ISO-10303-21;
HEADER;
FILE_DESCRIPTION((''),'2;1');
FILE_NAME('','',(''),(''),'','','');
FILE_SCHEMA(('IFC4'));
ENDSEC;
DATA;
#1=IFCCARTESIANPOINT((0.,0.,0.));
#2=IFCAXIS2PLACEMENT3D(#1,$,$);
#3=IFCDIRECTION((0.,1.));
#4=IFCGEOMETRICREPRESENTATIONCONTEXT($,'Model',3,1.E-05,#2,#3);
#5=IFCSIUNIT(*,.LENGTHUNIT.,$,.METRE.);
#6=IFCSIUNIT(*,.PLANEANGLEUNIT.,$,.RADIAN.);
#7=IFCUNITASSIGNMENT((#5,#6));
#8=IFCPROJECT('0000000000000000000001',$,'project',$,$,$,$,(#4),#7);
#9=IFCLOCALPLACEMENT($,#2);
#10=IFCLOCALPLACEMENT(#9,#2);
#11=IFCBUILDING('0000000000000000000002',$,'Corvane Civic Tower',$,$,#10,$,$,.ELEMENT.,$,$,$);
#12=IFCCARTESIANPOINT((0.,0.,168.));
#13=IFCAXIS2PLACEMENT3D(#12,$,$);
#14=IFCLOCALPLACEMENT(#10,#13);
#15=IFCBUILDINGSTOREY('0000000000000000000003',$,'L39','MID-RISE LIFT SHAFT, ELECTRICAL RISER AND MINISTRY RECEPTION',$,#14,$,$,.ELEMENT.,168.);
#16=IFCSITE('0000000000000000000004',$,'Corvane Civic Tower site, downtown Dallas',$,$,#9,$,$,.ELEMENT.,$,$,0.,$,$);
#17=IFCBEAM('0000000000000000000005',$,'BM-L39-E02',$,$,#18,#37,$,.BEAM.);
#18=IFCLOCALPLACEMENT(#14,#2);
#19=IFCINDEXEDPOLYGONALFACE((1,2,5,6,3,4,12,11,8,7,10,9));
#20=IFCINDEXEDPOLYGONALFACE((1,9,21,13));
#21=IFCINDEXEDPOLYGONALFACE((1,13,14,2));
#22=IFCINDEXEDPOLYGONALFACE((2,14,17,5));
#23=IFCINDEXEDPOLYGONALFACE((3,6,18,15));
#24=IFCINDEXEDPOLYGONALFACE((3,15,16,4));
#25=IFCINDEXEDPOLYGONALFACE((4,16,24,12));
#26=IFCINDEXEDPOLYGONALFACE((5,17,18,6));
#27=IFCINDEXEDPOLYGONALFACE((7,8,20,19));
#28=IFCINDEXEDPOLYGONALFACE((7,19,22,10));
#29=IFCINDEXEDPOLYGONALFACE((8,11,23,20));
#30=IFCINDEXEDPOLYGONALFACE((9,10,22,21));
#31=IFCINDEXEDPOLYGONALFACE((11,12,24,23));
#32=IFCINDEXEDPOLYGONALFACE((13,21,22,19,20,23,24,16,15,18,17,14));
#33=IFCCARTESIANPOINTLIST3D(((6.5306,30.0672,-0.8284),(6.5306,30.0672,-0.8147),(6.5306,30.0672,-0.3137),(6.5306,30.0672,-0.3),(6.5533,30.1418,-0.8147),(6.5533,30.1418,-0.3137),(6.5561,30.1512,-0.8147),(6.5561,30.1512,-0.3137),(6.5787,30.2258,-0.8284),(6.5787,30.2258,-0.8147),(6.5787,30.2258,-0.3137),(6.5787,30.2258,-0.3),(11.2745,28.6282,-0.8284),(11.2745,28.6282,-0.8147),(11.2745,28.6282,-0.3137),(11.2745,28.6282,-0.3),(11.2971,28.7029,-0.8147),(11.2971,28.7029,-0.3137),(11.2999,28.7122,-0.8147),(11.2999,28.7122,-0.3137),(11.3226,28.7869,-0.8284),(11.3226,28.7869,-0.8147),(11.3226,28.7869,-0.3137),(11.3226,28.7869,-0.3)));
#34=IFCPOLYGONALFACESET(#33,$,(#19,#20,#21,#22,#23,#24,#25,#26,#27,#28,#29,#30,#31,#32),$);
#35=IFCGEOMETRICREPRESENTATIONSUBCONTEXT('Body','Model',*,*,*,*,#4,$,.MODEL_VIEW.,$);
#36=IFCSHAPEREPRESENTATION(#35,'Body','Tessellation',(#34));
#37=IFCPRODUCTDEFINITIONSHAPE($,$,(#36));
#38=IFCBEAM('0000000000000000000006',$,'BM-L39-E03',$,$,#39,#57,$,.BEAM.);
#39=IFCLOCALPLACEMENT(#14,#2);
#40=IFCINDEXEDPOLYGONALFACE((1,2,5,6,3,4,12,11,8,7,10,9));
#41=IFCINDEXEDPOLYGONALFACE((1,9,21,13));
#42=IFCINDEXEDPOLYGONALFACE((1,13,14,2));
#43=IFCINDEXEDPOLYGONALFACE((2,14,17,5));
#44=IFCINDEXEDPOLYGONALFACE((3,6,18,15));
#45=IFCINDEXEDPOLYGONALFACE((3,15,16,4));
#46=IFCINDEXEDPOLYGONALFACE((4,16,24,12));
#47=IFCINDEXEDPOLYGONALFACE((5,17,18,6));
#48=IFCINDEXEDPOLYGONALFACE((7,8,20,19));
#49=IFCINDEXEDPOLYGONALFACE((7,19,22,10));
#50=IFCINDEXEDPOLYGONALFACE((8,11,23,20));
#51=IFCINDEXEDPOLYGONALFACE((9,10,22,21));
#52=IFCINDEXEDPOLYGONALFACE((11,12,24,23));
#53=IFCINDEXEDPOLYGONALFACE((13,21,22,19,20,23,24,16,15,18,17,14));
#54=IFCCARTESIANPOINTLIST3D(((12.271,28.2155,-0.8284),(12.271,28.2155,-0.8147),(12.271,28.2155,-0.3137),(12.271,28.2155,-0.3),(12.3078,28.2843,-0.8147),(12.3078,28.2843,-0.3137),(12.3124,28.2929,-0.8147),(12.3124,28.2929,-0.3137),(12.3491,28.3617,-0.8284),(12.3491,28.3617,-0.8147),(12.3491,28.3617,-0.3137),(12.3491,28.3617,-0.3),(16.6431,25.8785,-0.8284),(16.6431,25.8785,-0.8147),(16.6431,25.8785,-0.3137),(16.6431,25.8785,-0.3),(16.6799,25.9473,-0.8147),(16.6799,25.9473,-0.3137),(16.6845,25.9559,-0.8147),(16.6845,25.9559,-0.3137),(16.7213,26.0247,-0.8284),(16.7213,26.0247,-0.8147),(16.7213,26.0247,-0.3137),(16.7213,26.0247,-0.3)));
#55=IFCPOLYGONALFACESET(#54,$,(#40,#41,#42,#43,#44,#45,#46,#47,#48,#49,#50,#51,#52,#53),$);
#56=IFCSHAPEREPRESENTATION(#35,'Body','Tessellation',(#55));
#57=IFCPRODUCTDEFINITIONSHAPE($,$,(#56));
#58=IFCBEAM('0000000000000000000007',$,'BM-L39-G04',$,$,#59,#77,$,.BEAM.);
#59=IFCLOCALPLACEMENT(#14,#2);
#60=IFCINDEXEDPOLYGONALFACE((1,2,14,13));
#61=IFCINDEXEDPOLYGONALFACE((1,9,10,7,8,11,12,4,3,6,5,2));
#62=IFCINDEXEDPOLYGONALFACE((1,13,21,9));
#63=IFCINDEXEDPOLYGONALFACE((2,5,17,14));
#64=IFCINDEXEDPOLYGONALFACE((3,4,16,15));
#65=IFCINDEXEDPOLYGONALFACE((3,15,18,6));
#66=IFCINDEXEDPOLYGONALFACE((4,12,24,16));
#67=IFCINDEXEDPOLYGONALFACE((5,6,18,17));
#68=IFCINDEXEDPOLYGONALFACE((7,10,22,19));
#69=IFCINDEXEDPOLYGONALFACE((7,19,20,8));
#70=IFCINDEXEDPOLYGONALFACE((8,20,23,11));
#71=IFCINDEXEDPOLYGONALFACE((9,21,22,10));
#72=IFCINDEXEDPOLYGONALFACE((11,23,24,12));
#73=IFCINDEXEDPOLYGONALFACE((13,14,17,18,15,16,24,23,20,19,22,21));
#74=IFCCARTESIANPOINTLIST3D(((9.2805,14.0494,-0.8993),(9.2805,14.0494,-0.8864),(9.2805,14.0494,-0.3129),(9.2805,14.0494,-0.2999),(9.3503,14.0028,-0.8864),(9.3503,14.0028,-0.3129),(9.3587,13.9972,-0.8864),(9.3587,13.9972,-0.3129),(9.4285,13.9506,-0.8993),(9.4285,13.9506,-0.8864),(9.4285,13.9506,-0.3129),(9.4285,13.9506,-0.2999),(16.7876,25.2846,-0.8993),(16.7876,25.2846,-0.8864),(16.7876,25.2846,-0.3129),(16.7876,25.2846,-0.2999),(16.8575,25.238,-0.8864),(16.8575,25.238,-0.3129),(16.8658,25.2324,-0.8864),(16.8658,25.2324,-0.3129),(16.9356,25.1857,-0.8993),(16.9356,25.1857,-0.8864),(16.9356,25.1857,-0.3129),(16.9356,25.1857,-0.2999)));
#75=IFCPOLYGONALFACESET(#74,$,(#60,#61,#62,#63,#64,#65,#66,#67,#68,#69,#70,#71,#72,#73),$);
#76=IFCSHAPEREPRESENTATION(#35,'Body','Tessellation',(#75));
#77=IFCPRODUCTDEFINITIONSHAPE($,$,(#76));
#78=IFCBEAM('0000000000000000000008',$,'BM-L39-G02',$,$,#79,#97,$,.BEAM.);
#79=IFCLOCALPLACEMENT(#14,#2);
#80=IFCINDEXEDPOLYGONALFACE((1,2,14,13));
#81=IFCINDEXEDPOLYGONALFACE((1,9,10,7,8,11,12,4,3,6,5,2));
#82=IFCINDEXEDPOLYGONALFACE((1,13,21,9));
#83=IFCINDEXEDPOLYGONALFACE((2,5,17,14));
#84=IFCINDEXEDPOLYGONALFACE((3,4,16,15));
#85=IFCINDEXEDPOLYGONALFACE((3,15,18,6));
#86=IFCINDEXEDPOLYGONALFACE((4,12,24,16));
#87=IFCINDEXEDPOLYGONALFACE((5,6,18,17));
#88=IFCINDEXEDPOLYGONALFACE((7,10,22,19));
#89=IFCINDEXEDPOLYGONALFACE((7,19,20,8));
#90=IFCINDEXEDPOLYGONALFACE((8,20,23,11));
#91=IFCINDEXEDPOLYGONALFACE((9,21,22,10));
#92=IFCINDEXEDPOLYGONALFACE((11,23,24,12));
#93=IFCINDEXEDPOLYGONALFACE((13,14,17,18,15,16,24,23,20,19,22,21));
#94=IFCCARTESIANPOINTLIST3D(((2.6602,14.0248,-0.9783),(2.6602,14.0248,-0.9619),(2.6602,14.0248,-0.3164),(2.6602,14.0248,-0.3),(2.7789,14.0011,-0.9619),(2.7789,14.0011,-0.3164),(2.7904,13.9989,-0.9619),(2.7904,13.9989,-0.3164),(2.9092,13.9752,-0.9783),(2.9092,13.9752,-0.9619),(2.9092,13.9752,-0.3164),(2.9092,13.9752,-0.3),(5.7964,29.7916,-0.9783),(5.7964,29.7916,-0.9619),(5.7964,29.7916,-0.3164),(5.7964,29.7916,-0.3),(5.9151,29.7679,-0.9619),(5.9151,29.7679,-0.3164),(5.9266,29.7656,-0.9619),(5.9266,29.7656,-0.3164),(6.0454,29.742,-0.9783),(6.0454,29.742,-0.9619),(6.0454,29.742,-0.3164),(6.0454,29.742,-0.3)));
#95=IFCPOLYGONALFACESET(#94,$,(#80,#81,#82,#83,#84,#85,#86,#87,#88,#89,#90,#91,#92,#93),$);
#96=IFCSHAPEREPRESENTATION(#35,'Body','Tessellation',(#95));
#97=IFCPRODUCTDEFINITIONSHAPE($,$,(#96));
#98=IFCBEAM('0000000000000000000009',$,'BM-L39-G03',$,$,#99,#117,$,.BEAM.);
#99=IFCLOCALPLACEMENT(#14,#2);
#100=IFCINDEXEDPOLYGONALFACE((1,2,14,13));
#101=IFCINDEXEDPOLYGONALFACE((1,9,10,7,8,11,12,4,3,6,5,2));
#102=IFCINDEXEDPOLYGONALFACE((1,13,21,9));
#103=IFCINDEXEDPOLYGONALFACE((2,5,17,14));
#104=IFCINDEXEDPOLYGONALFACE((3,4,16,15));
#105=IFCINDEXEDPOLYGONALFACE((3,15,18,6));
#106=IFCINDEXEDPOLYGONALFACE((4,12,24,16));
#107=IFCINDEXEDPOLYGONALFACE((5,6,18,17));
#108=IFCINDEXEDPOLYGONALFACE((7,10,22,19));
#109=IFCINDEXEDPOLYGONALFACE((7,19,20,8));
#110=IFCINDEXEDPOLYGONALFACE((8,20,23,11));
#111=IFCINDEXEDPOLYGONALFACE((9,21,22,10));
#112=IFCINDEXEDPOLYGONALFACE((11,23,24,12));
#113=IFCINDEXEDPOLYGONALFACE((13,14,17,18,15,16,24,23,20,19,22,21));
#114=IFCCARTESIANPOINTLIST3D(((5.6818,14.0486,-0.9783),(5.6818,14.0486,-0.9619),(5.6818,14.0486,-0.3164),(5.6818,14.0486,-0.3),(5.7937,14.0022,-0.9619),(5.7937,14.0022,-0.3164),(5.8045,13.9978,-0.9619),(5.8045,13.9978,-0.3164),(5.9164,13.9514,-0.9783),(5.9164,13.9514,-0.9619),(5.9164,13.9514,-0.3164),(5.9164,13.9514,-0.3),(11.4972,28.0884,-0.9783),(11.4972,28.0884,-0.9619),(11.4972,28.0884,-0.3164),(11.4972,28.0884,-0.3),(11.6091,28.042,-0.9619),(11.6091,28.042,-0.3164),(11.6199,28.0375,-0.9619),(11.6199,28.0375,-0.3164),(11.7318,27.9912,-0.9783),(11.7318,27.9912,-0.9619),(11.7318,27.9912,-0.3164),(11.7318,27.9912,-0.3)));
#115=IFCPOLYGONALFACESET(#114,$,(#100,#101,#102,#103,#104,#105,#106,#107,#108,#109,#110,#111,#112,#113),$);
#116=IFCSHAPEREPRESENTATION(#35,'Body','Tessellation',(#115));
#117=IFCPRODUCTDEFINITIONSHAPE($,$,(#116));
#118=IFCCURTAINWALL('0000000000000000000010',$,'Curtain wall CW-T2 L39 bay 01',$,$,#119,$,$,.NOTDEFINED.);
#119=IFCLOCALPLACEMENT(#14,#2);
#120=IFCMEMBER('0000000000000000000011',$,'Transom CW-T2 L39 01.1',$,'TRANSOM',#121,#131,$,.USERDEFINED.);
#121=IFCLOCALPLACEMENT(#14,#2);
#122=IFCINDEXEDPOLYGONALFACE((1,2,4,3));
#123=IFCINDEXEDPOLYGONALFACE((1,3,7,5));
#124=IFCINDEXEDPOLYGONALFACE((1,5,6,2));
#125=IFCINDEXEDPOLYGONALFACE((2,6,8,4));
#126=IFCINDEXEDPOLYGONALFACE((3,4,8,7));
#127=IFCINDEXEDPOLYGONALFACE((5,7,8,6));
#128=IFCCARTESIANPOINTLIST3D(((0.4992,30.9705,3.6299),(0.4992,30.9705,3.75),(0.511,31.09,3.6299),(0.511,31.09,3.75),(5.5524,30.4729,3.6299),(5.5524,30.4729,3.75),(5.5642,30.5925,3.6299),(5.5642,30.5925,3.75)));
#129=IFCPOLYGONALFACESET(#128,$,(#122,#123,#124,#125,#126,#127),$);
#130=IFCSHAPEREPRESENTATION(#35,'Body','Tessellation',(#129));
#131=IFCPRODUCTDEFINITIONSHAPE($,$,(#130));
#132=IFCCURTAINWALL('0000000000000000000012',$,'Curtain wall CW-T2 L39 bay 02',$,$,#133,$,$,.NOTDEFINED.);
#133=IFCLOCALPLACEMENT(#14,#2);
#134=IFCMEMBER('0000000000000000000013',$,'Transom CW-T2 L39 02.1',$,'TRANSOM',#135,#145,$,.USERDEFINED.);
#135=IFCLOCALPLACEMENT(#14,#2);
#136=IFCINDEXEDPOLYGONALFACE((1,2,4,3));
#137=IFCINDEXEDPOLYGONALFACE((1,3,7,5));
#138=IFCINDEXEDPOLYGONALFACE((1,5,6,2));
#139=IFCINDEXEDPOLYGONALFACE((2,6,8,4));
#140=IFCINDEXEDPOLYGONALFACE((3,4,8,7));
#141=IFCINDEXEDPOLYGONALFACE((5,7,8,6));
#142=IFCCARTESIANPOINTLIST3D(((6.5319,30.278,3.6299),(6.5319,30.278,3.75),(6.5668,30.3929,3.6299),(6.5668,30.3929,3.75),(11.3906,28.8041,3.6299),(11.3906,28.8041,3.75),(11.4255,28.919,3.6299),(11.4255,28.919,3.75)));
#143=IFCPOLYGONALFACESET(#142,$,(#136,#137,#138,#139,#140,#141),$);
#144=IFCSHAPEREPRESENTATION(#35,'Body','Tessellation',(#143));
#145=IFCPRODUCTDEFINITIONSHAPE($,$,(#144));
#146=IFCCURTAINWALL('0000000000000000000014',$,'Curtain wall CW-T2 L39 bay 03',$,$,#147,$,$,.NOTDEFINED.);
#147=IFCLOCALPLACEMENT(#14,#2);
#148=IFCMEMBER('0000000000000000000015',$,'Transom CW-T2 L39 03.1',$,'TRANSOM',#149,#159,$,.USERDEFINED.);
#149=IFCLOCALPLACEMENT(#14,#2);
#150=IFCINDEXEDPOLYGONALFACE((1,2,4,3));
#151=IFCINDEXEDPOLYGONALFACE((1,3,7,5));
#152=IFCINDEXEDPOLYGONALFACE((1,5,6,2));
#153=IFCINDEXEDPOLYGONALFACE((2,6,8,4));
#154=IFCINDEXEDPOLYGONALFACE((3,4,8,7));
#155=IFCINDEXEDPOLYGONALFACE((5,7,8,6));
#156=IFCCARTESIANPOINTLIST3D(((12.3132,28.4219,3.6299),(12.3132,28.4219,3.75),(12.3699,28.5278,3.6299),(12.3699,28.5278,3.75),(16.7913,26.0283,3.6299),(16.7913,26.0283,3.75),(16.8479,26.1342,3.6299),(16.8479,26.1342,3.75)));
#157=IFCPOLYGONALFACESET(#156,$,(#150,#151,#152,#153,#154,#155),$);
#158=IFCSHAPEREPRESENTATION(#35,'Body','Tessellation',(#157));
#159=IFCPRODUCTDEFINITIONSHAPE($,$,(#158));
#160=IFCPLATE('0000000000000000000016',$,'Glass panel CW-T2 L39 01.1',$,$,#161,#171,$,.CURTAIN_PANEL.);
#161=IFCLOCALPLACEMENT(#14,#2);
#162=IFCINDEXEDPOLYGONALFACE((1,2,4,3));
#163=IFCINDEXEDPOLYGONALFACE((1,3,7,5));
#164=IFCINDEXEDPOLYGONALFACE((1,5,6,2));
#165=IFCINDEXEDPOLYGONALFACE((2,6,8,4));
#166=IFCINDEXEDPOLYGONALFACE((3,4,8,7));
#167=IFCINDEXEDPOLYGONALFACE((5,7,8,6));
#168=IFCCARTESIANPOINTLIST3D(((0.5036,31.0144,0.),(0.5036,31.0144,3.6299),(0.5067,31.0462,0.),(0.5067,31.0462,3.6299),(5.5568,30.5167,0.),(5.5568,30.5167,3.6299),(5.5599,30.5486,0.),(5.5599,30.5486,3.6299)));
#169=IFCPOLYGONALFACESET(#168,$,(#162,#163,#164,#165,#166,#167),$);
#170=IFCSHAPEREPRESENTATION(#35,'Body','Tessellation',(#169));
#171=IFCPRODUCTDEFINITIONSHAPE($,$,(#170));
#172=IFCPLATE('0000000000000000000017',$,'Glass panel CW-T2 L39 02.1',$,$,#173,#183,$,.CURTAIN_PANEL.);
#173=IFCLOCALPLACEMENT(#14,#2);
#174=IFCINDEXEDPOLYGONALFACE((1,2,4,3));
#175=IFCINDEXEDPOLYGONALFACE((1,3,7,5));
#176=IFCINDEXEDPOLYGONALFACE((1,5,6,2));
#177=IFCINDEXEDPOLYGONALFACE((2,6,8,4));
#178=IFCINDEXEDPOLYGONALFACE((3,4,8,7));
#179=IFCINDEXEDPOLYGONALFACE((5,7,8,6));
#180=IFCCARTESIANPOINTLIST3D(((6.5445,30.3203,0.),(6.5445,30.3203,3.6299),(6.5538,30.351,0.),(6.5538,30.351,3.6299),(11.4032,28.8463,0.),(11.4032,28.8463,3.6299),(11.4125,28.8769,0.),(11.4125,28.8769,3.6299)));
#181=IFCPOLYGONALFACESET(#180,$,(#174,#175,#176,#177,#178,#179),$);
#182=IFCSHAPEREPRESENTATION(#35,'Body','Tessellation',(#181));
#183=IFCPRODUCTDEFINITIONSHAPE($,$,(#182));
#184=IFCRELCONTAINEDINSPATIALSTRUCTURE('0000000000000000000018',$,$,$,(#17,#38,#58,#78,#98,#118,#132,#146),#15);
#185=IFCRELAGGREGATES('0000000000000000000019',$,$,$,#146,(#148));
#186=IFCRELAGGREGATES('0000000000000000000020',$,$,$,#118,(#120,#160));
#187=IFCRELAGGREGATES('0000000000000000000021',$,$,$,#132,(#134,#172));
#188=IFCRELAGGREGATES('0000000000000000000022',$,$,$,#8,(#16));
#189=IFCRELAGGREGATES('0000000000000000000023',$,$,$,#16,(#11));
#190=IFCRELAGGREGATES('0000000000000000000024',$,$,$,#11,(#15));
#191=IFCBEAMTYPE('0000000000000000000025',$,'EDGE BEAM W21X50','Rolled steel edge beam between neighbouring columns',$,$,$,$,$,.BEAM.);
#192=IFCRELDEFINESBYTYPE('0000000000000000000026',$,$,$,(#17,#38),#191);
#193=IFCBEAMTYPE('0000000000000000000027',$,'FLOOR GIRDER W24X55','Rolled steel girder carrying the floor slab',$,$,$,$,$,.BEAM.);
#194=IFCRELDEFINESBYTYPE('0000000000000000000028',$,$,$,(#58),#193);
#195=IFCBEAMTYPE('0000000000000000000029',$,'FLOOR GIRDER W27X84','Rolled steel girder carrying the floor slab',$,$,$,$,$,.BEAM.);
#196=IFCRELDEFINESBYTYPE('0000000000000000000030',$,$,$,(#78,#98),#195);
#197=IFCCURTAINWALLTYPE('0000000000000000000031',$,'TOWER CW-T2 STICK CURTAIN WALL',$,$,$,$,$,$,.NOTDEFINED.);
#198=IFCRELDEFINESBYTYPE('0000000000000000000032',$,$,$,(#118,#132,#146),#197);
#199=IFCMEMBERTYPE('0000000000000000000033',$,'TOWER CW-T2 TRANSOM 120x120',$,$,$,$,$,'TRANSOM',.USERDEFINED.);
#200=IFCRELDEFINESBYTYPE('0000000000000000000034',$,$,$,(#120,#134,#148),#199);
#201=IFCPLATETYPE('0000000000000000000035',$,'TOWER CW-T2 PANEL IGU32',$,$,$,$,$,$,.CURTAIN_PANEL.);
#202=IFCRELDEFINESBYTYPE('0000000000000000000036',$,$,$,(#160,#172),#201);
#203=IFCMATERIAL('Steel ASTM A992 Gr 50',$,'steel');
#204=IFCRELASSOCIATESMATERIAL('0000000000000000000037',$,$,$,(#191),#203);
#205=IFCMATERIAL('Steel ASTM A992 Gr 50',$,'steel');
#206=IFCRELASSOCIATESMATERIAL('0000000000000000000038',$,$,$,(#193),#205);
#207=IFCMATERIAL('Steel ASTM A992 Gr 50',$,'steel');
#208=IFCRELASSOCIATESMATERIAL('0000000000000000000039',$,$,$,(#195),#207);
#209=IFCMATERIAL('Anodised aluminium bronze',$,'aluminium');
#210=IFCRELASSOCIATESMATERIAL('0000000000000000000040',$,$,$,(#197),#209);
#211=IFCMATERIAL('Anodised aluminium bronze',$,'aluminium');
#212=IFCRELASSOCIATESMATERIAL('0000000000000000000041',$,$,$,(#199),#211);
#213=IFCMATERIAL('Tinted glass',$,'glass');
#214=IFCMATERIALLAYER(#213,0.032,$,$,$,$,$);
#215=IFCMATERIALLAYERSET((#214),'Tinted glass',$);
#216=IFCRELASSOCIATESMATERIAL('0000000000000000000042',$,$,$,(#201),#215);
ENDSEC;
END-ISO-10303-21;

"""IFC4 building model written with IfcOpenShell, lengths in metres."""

from ifc_helpers import new_model, si_unit, direction, frame, origin, origin_2d, place, context, subcontext, project, spatial, rectangle, i_section, extrude, material, layer, layer_set, material_profile, profile_set, type_object, element, aggregate, save


model = new_model("IFC4")

# Units and contexts
model_context = context("Model", 3, precision=1e-05, world=origin(), true_north=direction((0.0, 1.0)))
body_context = subcontext(model_context, "Body", "Model", "MODEL_VIEW")
ifc_project = project(units=[si_unit("LENGTHUNIT", "METRE"), si_unit("PLANEANGLEUNIT", "RADIAN")], contexts=[model_context])

# Site, building, storey
site_placement = place(None, origin())
site = spatial("IfcSite", under=ifc_project, at=site_placement, Name="Corvane Civic Tower site, downtown Dallas", CompositionType="ELEMENT", RefElevation=0.0)
building_placement = place(site_placement, origin())
building = spatial("IfcBuilding", under=site, at=building_placement, Name="Corvane Civic Tower", CompositionType="ELEMENT")
storey_placement = place(building_placement, frame((0.0, 0.0, 168.0)))
storey = spatial("IfcBuildingStorey", under=building, at=storey_placement, Name="L39", Description="MID-RISE LIFT SHAFT, ELECTRICAL RISER AND MINISTRY RECEPTION", CompositionType="ELEMENT", Elevation=168.0)

# Beams
ifc_material_1 = material(Name="Steel ASTM A992 Gr 50", Category="steel")
ifc_material_profile_1 = material_profile(ifc_material_1, i_section(OverallWidth=0.1658, OverallDepth=0.5283, WebThickness=0.0098, FlangeThickness=0.0137, at=origin_2d()), Name="W21X50")
ifc_profile_set_1 = profile_set([ifc_material_profile_1], Name="Steel ASTM A992 Gr 50")
beam_type_1 = type_object("IfcBeamType", Name="EDGE BEAM W21X50", Description="Rolled steel edge beam between neighbouring columns", PredefinedType="BEAM", material=ifc_profile_set_1)
beam_1_placement = place(storey_placement, frame((6.5547, 30.1465, -0.5642), z_axis=(0.956945, -0.29027, 0.0), x_axis=(0.29027, 0.956945, 0.0)))
element("IfcBeam", 1, at=beam_1_placement, inside=storey, type_object=beam_type_1, Name="BM-L39-E02", PredefinedType="BEAM", context=body_context, shape_type="SweptSolid", body=[
    extrude(i_section(OverallWidth=0.1658, OverallDepth=0.5283, WebThickness=0.0098, FlangeThickness=0.0137, at=origin_2d()), origin(), (0.0, 0.0, 1.0), 4.9573),
])
beam_2_placement = place(storey_placement, frame((12.3101, 28.2886, -0.5642), z_axis=(0.881922, -0.471396, 0.0), x_axis=(0.471396, 0.881922, 0.0)))
element("IfcBeam", 2, at=beam_2_placement, inside=storey, type_object=beam_type_1, Name="BM-L39-E03", PredefinedType="BEAM", context=body_context, shape_type="SweptSolid", body=[
    extrude(i_section(OverallWidth=0.1658, OverallDepth=0.5283, WebThickness=0.0098, FlangeThickness=0.0137, at=origin_2d()), origin(), (0.0, 0.0, 1.0), 4.9575),
])
ifc_material_2 = material(Name="Steel ASTM A992 Gr 50", Category="steel")
ifc_material_profile_2 = material_profile(ifc_material_2, i_section(OverallWidth=0.178, OverallDepth=0.5994, WebThickness=0.01, FlangeThickness=0.0129, at=origin_2d()), Name="W24X55")
ifc_profile_set_2 = profile_set([ifc_material_profile_2], Name="Steel ASTM A992 Gr 50")
beam_type_2 = type_object("IfcBeamType", Name="FLOOR GIRDER W24X55", Description="Rolled steel girder carrying the floor slab", PredefinedType="BEAM", material=ifc_profile_set_2)
beam_3_placement = place(storey_placement, frame((9.3545, 14.0, -0.5996), z_axis=(0.555571, 0.831469, 0.0), x_axis=(-0.831469, 0.555571, 0.0)))
element("IfcBeam", 3, at=beam_3_placement, inside=storey, type_object=beam_type_2, Name="BM-L39-G04", PredefinedType="BEAM", context=body_context, shape_type="SweptSolid", body=[
    extrude(i_section(OverallWidth=0.178, OverallDepth=0.5994, WebThickness=0.01, FlangeThickness=0.0129, at=origin_2d()), origin(), (0.0, 0.0, 1.0), 13.5125),
])
ifc_material_3 = material(Name="Steel ASTM A992 Gr 50", Category="steel")
ifc_material_profile_3 = material_profile(ifc_material_3, i_section(OverallWidth=0.2539, OverallDepth=0.6782, WebThickness=0.0117, FlangeThickness=0.0164, at=origin_2d()), Name="W27X84")
ifc_profile_set_3 = profile_set([ifc_material_profile_3], Name="Steel ASTM A992 Gr 50")
beam_type_3 = type_object("IfcBeamType", Name="FLOOR GIRDER W27X84", Description="Rolled steel girder carrying the floor slab", PredefinedType="BEAM", material=ifc_profile_set_3)
beam_4_placement = place(storey_placement, frame((2.7847, 14.0, -0.6392), z_axis=(0.195091, 0.980785, 0.0), x_axis=(-0.980785, 0.195091, 0.0)))
element("IfcBeam", 4, at=beam_4_placement, inside=storey, type_object=beam_type_3, Name="BM-L39-G02", PredefinedType="BEAM", context=body_context, shape_type="SweptSolid", body=[
    extrude(i_section(OverallWidth=0.2539, OverallDepth=0.6782, WebThickness=0.0117, FlangeThickness=0.0164, at=origin_2d()), origin(), (0.0, 0.0, 1.0), 16.0757),
])
beam_5_placement = place(storey_placement, frame((5.7991, 14.0, -0.6392), z_axis=(0.382681, 0.923881, 0.0), x_axis=(-0.923881, 0.382681, 0.0)))
element("IfcBeam", 5, at=beam_5_placement, inside=storey, type_object=beam_type_3, Name="BM-L39-G03", PredefinedType="BEAM", context=body_context, shape_type="SweptSolid", body=[
    extrude(i_section(OverallWidth=0.2539, OverallDepth=0.6782, WebThickness=0.0117, FlangeThickness=0.0164, at=origin_2d()), origin(), (0.0, 0.0, 1.0), 15.1965),
])

# Curtain walls, members
ifc_material_4 = material(Name="Anodised aluminium bronze", Category="aluminium")
curtain_wall_type = type_object("IfcCurtainWallType", Name="TOWER CW-T2 STICK CURTAIN WALL", PredefinedType="NOTDEFINED", material=ifc_material_4)
curtain_wall_1_placement = place(storey_placement, origin())
curtain_wall_1 = element("IfcCurtainWall", 6, at=curtain_wall_1_placement, inside=storey, type_object=curtain_wall_type, Name="Curtain wall CW-T2 L39 bay 01", PredefinedType="NOTDEFINED")
ifc_material_5 = material(Name="Anodised aluminium bronze", Category="aluminium")
ifc_material_profile_4 = material_profile(ifc_material_5, rectangle(XDim=0.1201, YDim=0.1201, at=origin_2d()), Name="TOWER CW-T2 TRANSOM 120x120")
ifc_profile_set_4 = profile_set([ifc_material_profile_4], Name="Anodised aluminium bronze")
member_type = type_object("IfcMemberType", Name="TOWER CW-T2 TRANSOM 120x120", ElementType="TRANSOM", PredefinedType="USERDEFINED", material=ifc_profile_set_4)
member_1_placement = place(storey_placement, frame((0.5051, 31.0303, 3.6899), z_axis=(0.995187, -0.09799, 0.0), x_axis=(0.09799, 0.995187, 0.0)))
member_1 = element("IfcMember", 7, at=member_1_placement, type_object=member_type, Name="Transom CW-T2 L39 01.1", ObjectType="TRANSOM", PredefinedType="USERDEFINED", context=body_context, shape_type="SweptSolid", body=[
    extrude(rectangle(XDim=0.1201, YDim=0.1201, at=origin_2d()), origin(), (0.0, 0.0, 1.0), 5.0776),
])
curtain_wall_2_placement = place(storey_placement, origin())
curtain_wall_2 = element("IfcCurtainWall", 8, at=curtain_wall_2_placement, inside=storey, type_object=curtain_wall_type, Name="Curtain wall CW-T2 L39 bay 02", PredefinedType="NOTDEFINED")
member_2_placement = place(storey_placement, frame((6.5493, 30.3354, 3.6899), z_axis=(0.956939, -0.290289, 0.0), x_axis=(0.290289, 0.956939, 0.0)))
member_2 = element("IfcMember", 9, at=member_2_placement, type_object=member_type, Name="Transom CW-T2 L39 02.1", ObjectType="TRANSOM", PredefinedType="USERDEFINED", context=body_context, shape_type="SweptSolid", body=[
    extrude(rectangle(XDim=0.1201, YDim=0.1201, at=origin_2d()), origin(), (0.0, 0.0, 1.0), 5.0774),
])
curtain_wall_3_placement = place(storey_placement, origin())
curtain_wall_3 = element("IfcCurtainWall", 10, at=curtain_wall_3_placement, inside=storey, type_object=curtain_wall_type, Name="Curtain wall CW-T2 L39 bay 03", PredefinedType="NOTDEFINED")
member_3_placement = place(storey_placement, frame((12.3416, 28.4749, 3.6899), z_axis=(0.881921, -0.471397, 0.0), x_axis=(0.471397, 0.881921, 0.0)))
member_3 = element("IfcMember", 11, at=member_3_placement, type_object=member_type, Name="Transom CW-T2 L39 03.1", ObjectType="TRANSOM", PredefinedType="USERDEFINED", context=body_context, shape_type="SweptSolid", body=[
    extrude(rectangle(XDim=0.1201, YDim=0.1201, at=origin_2d()), origin(), (0.0, 0.0, 1.0), 5.0776),
])
aggregate(curtain_wall_3, [member_3])

# Plates
ifc_material_6 = material(Name="Tinted glass", Category="glass")
ifc_layer_1 = layer(ifc_material_6, 0.032)
ifc_layer_set_1 = layer_set([ifc_layer_1], Name="Tinted glass")
plate_type = type_object("IfcPlateType", Name="TOWER CW-T2 PANEL IGU32", PredefinedType="CURTAIN_PANEL", material=ifc_layer_set_1)
plate_1_placement = place(storey_placement, frame((3.0317, 30.7815, 0.0), z_axis=(0.0, 0.0, 1.0), x_axis=(0.995185, -0.098012, 0.0)))
plate_1 = element("IfcPlate", 12, at=plate_1_placement, type_object=plate_type, Name="Glass panel CW-T2 L39 01.1", PredefinedType="CURTAIN_PANEL", context=body_context, shape_type="SweptSolid", body=[
    extrude(rectangle(XDim=5.0776, YDim=0.032, at=origin_2d()), origin(), (0.0, 0.0, 1.0), 3.6299),
])
aggregate(curtain_wall_1, [member_1, plate_1])
plate_2_placement = place(storey_placement, frame((8.9785, 29.5986, 0.0), z_axis=(0.0, 0.0, 1.0), x_axis=(0.956932, -0.290313, 0.0)))
plate_2 = element("IfcPlate", 13, at=plate_2_placement, type_object=plate_type, Name="Glass panel CW-T2 L39 02.1", PredefinedType="CURTAIN_PANEL", context=body_context, shape_type="SweptSolid", body=[
    extrude(rectangle(XDim=5.0774, YDim=0.032, at=origin_2d()), origin(), (0.0, 0.0, 1.0), 3.6299),
])
aggregate(curtain_wall_2, [member_2, plate_2])

save(model, "model.ifc")
